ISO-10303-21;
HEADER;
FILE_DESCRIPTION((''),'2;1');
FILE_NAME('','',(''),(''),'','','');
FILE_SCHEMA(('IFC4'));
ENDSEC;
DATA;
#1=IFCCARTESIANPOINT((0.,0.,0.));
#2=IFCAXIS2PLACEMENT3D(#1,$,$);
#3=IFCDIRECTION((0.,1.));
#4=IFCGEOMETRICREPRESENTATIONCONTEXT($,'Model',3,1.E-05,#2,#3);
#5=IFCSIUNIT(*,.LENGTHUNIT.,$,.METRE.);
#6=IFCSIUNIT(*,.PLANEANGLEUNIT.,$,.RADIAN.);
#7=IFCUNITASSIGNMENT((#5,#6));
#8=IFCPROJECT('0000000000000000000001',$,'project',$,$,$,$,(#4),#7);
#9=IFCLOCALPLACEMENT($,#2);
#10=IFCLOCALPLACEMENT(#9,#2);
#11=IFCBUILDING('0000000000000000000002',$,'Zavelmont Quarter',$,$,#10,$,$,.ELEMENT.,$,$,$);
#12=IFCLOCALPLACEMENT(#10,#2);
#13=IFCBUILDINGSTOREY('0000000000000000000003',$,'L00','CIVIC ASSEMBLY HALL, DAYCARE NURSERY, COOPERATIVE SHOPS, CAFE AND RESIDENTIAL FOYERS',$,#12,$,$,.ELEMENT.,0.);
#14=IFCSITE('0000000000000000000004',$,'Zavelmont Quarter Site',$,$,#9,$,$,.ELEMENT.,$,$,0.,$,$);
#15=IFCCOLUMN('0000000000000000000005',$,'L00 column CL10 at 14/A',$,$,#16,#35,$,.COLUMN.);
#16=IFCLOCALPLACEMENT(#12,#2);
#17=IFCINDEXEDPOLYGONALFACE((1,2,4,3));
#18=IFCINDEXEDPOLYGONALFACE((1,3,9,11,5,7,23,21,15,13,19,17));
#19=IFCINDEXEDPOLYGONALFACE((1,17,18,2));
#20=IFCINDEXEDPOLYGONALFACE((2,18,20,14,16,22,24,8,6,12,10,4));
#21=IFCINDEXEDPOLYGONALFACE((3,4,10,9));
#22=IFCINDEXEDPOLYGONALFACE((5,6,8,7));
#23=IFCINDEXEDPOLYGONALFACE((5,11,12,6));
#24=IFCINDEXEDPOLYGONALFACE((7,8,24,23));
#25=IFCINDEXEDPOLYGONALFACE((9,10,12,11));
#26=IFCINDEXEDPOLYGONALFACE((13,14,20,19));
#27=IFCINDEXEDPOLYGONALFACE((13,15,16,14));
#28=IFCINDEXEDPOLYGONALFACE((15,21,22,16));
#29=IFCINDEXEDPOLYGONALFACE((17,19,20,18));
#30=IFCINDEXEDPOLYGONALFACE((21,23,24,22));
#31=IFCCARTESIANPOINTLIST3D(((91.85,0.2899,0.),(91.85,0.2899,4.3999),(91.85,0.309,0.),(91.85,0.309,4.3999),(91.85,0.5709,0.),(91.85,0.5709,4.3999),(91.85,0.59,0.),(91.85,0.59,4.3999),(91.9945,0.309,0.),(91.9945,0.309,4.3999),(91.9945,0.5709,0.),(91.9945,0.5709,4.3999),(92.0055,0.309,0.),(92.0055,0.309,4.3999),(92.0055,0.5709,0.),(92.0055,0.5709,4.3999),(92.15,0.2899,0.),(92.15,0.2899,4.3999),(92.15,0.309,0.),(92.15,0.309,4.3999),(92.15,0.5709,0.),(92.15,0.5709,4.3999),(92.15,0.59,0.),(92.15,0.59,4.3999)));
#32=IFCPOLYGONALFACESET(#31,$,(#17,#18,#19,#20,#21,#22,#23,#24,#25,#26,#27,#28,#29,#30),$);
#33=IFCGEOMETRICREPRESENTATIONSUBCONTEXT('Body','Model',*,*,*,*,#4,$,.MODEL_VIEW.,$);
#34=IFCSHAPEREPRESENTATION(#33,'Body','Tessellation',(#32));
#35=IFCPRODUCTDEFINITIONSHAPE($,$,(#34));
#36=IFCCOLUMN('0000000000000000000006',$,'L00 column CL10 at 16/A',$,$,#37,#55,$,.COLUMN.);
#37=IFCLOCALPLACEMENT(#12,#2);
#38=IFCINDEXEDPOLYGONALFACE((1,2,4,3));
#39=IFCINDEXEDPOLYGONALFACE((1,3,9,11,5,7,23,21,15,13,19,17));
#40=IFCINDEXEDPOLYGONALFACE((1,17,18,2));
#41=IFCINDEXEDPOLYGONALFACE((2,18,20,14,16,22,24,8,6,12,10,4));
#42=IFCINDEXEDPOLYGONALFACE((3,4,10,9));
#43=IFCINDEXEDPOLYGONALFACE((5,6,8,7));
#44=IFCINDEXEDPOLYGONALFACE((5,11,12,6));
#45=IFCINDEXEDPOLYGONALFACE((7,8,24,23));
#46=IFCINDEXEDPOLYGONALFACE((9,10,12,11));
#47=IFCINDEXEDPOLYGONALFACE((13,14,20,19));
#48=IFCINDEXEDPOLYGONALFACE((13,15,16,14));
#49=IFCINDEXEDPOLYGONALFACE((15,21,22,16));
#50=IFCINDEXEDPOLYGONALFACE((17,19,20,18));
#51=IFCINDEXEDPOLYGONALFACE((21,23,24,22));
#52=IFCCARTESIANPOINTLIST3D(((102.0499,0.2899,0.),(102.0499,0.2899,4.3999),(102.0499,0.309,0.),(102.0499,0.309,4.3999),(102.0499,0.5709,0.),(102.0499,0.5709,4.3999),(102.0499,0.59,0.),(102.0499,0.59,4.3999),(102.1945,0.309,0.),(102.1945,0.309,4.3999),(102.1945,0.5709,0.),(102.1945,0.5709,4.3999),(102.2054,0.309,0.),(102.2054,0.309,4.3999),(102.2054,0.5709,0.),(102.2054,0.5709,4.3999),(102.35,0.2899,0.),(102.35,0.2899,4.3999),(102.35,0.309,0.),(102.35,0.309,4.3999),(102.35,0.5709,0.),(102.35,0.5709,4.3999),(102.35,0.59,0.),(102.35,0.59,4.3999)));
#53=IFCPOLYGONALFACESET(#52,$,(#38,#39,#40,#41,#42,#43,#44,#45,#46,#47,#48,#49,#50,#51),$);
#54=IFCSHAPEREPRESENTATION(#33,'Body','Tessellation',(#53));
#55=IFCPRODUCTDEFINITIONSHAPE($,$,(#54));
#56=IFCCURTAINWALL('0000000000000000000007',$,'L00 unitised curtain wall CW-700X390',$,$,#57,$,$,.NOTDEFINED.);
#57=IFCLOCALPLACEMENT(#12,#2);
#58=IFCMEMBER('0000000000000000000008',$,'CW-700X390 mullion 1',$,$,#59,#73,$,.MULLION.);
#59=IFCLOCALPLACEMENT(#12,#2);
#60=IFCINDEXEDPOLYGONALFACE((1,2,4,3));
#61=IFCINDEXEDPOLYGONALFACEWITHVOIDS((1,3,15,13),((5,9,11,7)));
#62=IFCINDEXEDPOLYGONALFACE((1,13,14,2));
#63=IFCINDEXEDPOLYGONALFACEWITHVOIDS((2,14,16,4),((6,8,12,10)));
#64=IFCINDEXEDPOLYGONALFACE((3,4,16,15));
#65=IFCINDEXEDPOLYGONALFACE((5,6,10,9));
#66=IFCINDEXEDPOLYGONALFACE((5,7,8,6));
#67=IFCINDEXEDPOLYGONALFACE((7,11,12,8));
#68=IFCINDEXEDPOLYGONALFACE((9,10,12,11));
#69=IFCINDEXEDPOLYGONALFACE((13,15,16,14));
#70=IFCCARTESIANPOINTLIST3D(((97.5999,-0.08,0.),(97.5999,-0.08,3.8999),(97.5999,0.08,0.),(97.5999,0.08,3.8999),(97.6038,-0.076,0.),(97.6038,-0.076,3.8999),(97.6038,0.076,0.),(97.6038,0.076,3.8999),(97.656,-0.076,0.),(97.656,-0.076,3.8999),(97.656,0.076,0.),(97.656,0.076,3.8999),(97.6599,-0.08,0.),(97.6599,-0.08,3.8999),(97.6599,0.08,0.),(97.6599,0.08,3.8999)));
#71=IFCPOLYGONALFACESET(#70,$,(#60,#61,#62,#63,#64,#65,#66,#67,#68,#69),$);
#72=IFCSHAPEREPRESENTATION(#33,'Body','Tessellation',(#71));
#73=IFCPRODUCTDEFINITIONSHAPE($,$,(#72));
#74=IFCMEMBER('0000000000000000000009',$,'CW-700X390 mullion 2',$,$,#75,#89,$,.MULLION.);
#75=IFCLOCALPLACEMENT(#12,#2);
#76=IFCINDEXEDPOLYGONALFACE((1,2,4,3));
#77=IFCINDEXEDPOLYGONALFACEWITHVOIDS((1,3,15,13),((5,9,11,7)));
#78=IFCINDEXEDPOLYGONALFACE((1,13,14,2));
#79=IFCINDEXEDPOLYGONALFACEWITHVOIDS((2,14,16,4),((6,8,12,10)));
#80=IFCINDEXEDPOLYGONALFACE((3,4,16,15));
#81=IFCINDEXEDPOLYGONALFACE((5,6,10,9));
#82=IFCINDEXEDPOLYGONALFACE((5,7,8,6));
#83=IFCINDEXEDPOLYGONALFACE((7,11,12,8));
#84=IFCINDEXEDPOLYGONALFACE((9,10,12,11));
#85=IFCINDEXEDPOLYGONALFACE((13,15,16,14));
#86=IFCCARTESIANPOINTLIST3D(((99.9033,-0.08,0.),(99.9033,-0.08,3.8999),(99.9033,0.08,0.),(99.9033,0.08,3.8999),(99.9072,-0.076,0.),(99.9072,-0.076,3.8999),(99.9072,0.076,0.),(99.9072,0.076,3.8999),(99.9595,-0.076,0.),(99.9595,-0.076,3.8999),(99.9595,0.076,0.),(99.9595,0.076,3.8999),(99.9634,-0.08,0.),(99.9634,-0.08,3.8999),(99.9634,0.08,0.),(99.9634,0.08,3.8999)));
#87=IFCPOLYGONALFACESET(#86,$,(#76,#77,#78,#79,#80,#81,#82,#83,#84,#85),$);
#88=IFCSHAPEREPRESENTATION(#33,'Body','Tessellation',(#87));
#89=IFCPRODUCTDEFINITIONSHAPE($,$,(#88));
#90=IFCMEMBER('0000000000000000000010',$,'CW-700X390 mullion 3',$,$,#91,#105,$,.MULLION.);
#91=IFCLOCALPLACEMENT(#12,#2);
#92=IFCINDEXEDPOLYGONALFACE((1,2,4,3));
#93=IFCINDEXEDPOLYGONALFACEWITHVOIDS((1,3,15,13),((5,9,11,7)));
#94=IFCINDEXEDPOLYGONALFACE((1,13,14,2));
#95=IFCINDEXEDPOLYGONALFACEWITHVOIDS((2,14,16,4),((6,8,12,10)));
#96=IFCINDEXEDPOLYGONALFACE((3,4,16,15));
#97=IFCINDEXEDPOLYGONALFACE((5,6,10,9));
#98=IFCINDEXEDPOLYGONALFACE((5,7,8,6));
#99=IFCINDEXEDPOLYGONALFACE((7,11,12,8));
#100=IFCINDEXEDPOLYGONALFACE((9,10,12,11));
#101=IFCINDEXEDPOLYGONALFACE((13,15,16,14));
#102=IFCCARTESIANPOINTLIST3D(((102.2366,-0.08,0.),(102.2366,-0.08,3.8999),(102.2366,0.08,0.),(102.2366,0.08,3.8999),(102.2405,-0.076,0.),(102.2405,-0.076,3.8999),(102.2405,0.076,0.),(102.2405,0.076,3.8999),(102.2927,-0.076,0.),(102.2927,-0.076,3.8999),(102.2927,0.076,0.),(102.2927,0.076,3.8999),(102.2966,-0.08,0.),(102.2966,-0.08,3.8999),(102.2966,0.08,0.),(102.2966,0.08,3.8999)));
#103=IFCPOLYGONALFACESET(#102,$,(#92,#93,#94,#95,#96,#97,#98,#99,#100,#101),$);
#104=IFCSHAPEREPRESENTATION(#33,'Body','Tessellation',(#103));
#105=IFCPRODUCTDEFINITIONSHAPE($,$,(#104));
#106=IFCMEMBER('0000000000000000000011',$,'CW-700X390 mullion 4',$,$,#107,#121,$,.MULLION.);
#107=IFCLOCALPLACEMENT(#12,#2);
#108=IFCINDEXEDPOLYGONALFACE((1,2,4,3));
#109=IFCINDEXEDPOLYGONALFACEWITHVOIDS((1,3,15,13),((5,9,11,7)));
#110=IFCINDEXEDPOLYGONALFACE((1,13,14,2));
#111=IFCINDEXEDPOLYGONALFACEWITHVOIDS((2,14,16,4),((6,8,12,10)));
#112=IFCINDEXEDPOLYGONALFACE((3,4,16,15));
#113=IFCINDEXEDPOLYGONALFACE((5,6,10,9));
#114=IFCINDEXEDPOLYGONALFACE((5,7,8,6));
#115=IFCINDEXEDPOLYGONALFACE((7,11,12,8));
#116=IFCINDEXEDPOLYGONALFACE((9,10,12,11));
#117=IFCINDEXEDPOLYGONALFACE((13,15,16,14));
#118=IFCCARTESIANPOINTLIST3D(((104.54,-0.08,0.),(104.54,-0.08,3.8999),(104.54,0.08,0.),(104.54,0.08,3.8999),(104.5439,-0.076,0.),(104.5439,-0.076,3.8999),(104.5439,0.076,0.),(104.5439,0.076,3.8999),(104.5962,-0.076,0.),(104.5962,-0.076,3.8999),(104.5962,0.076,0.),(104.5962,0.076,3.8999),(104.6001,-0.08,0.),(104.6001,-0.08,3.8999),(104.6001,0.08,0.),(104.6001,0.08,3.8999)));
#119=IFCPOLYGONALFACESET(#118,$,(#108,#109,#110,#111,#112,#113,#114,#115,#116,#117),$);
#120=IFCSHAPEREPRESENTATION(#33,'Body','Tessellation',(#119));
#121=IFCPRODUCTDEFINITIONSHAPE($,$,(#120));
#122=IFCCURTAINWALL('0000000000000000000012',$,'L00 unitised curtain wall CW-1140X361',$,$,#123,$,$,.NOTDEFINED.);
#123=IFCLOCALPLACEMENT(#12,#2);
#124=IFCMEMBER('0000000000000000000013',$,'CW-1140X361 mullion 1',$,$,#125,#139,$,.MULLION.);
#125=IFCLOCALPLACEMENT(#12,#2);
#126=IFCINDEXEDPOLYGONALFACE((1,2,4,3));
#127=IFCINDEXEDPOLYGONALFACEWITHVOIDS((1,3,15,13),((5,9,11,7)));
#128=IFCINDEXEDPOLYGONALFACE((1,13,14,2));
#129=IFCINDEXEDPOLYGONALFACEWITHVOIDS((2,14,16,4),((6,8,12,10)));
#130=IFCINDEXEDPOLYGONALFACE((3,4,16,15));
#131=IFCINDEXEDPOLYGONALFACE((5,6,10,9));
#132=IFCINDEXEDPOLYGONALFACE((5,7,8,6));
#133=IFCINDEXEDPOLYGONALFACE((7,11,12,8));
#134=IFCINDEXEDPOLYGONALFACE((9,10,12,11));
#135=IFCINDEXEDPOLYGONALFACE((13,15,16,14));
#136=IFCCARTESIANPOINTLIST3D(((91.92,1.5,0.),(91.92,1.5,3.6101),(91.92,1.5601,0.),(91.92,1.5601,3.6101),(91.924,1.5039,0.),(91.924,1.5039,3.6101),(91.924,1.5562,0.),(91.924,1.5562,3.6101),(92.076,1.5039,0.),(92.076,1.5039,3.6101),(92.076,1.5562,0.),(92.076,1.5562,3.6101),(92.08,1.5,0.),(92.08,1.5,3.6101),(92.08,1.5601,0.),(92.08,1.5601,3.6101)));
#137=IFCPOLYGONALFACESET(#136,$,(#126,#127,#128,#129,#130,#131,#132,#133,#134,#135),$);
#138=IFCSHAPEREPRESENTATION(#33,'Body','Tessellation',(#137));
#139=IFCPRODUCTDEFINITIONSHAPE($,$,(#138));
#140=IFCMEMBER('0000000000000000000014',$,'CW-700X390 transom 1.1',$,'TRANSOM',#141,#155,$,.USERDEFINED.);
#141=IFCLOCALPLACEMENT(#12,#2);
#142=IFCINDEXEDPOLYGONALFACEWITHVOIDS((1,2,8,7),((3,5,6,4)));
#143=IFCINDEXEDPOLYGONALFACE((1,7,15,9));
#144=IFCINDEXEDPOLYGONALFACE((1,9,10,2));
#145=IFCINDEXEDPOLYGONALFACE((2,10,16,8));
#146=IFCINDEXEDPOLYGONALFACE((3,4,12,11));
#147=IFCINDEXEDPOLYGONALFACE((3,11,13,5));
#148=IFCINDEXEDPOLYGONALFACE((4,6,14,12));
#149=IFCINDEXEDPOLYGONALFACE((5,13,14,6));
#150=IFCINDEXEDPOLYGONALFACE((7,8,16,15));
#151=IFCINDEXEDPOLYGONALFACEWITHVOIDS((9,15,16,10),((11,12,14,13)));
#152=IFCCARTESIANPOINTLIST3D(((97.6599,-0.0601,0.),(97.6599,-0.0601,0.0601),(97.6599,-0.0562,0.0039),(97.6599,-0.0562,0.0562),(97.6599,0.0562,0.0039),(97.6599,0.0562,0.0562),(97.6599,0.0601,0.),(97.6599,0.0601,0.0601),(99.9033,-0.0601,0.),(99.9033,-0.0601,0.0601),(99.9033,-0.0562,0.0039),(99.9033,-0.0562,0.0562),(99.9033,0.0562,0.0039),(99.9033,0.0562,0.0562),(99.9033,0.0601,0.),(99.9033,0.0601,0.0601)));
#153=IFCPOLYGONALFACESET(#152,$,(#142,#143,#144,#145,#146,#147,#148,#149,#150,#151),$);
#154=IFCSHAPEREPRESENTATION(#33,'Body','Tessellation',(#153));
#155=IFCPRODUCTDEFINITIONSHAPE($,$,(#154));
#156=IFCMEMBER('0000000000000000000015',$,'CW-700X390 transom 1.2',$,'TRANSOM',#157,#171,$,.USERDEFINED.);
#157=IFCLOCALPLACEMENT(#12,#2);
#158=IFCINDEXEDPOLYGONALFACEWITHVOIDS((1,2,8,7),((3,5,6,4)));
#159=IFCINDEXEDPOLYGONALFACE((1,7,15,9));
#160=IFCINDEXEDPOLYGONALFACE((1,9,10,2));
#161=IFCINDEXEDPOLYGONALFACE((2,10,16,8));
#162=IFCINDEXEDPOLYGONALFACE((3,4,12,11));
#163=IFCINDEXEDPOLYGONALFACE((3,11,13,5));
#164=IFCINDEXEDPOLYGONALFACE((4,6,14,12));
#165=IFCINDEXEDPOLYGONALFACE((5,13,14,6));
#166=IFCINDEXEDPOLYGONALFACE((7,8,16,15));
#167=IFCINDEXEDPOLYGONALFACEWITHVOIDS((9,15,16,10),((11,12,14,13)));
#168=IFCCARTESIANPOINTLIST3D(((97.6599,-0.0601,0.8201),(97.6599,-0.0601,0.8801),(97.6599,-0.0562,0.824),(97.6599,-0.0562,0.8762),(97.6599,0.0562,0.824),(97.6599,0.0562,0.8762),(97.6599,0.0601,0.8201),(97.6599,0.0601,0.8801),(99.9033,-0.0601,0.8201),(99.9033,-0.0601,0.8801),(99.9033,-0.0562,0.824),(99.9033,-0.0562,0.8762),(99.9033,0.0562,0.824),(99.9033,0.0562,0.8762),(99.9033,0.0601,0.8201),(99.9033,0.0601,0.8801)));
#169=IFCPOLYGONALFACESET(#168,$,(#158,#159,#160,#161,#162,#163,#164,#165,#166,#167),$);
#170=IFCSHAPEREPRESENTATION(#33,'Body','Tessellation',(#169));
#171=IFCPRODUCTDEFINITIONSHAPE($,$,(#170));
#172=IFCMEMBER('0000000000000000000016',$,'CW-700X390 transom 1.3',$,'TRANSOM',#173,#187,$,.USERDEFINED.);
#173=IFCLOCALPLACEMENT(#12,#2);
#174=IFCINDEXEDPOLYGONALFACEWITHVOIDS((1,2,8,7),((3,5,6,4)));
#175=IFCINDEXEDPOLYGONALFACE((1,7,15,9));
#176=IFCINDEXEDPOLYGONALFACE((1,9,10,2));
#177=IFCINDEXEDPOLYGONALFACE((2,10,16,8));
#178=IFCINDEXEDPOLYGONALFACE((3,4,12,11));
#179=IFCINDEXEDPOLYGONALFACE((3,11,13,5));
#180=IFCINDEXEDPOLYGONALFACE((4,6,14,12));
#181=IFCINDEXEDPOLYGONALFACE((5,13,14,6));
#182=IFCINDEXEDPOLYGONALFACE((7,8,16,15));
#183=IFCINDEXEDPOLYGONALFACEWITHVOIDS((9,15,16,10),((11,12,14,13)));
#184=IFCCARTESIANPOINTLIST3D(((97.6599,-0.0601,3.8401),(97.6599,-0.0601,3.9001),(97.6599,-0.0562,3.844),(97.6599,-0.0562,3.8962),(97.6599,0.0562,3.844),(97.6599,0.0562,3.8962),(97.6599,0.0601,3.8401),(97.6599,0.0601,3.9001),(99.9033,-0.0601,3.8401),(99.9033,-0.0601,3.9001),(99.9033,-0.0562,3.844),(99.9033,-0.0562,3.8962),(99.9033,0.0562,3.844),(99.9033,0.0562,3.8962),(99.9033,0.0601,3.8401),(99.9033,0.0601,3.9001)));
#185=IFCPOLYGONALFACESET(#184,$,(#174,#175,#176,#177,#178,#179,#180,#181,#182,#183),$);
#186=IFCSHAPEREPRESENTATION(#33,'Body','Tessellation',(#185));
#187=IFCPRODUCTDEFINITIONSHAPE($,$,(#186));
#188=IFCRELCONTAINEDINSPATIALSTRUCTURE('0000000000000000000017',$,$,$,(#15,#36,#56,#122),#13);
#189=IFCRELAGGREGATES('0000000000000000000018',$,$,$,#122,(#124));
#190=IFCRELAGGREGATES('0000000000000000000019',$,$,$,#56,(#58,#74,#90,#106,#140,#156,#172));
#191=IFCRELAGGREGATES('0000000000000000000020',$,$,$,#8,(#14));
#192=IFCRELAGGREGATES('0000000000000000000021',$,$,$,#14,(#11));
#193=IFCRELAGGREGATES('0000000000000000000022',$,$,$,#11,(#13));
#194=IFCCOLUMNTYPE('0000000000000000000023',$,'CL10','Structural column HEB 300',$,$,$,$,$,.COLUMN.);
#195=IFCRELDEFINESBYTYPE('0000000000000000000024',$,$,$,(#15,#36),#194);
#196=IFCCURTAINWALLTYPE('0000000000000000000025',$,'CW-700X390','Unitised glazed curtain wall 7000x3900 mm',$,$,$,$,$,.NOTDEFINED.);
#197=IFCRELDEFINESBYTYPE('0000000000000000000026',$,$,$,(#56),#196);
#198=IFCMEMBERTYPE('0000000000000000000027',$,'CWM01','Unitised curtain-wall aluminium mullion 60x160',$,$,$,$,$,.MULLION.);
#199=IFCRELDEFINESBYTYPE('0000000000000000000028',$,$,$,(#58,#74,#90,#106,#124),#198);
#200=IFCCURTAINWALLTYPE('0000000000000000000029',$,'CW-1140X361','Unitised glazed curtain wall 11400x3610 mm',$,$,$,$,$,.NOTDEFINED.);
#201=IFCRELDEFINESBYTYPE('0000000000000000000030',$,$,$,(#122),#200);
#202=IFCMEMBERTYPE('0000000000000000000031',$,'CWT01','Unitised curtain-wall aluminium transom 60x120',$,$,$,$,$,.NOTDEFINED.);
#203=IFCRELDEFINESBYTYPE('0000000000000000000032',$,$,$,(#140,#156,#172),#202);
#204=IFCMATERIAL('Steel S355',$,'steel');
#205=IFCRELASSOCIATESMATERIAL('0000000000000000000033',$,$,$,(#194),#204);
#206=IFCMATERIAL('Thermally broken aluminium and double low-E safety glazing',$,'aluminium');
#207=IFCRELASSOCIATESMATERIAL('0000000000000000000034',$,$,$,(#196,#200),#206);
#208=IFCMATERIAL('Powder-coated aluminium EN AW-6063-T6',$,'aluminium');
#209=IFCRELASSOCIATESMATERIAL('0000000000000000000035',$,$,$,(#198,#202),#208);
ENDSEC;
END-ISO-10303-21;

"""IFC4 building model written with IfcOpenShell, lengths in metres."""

from ifc_helpers import new_model, si_unit, direction, frame, origin, origin_2d, place, context, subcontext, project, spatial, hollow_rectangle, i_section, extrude, material, material_profile, profile_set, type_object, element, aggregate, save


model = new_model("IFC4")

# Units and contexts
model_context = context("Model", 3, precision=1e-05, world=origin(), true_north=direction((0.0, 1.0)))
body_context = subcontext(model_context, "Body", "Model", "MODEL_VIEW")
ifc_project = project(units=[si_unit("LENGTHUNIT", "METRE"), si_unit("PLANEANGLEUNIT", "RADIAN")], contexts=[model_context])

# Site, building, storey
site_placement = place(None, origin())
site = spatial("IfcSite", under=ifc_project, at=site_placement, Name="Zavelmont Quarter Site", CompositionType="ELEMENT", RefElevation=0.0)
building_placement = place(site_placement, origin())
building = spatial("IfcBuilding", under=site, at=building_placement, Name="Zavelmont Quarter", CompositionType="ELEMENT")
storey_placement = place(building_placement, origin())
storey = spatial("IfcBuildingStorey", under=building, at=storey_placement, Name="L00", Description="CIVIC ASSEMBLY HALL, DAYCARE NURSERY, COOPERATIVE SHOPS, CAFE AND RESIDENTIAL FOYERS", CompositionType="ELEMENT", Elevation=0.0)

# Columns
ifc_material_1 = material(Name="Steel S355", Category="steel")
ifc_material_profile_1 = material_profile(ifc_material_1, i_section(OverallWidth=0.3, OverallDepth=0.3, WebThickness=0.011, FlangeThickness=0.019, at=origin_2d()), Name="HEB 300")
ifc_profile_set_1 = profile_set([ifc_material_profile_1], Name="Steel S355")
column_type = type_object("IfcColumnType", Name="CL10", Description="Structural column HEB 300", PredefinedType="COLUMN", material=ifc_profile_set_1)
for number, where, z_axis, x_axis, name in (
    (1, (92.0, 0.4399, 0.0), (0.0, 0.0, 1.0), (1.0, 0.0, 0.0), "L00 column CL10 at 14/A"),
    (2, (102.2, 0.4399, 0.0), (0.0, 0.0, 1.0), (1.0, 0.0, 0.0), "L00 column CL10 at 16/A"),
):
    element("IfcColumn", number, at=place(storey_placement, frame(where, z_axis=z_axis, x_axis=x_axis)), inside=storey, type_object=column_type, Name=name, PredefinedType="COLUMN", context=body_context, shape_type="SweptSolid", body=[
        extrude(i_section(OverallWidth=0.3, OverallDepth=0.3, WebThickness=0.011, FlangeThickness=0.019, at=origin_2d()), origin(), (0.0, 0.0, 1.0), 4.3999),
    ])

# Curtain wall, members
ifc_material_2 = material(Name="Thermally broken aluminium and double low-E safety glazing", Category="aluminium")
curtain_wall_type_1 = type_object("IfcCurtainWallType", Name="CW-700X390", Description="Unitised glazed curtain wall 7000x3900 mm", PredefinedType="NOTDEFINED", material=ifc_material_2)
curtain_wall_1_placement = place(storey_placement, origin())
curtain_wall_1 = element("IfcCurtainWall", 3, at=curtain_wall_1_placement, inside=storey, type_object=curtain_wall_type_1, Name="L00 unitised curtain wall CW-700X390", PredefinedType="NOTDEFINED")
ifc_material_3 = material(Name="Powder-coated aluminium EN AW-6063-T6", Category="aluminium")
ifc_material_profile_2 = material_profile(ifc_material_3, hollow_rectangle(XDim=0.0601, YDim=0.1599, WallThickness=0.0039, at=origin_2d()), Name="CWM60X160")
ifc_profile_set_2 = profile_set([ifc_material_profile_2], Name="Powder-coated aluminium EN AW-6063-T6")
member_type_1 = type_object("IfcMemberType", Name="CWM01", Description="Unitised curtain-wall aluminium mullion 60x160", PredefinedType="MULLION", material=ifc_profile_set_2)
member_1_placement = place(storey_placement, frame((97.6299, 0.0, 0.0), z_axis=(0.0, 0.0, 1.0), x_axis=(1.0, 0.0, 0.0)))
member_1 = element("IfcMember", 4, at=member_1_placement, type_object=member_type_1, Name="CW-700X390 mullion 1", PredefinedType="MULLION", context=body_context, shape_type="SweptSolid", body=[
    extrude(hollow_rectangle(XDim=0.0601, YDim=0.1599, WallThickness=0.0039, at=origin_2d()), origin(), (0.0, 0.0, 1.0), 3.8999),
])
member_2_placement = place(storey_placement, frame((99.9333, 0.0, 0.0), z_axis=(0.0, 0.0, 1.0), x_axis=(1.0, 0.0, 0.0)))
member_2 = element("IfcMember", 5, at=member_2_placement, type_object=member_type_1, Name="CW-700X390 mullion 2", PredefinedType="MULLION", context=body_context, shape_type="SweptSolid", body=[
    extrude(hollow_rectangle(XDim=0.0601, YDim=0.1599, WallThickness=0.0039, at=origin_2d()), origin(), (0.0, 0.0, 1.0), 3.8999),
])
member_3_placement = place(storey_placement, frame((102.2666, 0.0, 0.0), z_axis=(0.0, 0.0, 1.0), x_axis=(1.0, 0.0, 0.0)))
member_3 = element("IfcMember", 6, at=member_3_placement, type_object=member_type_1, Name="CW-700X390 mullion 3", PredefinedType="MULLION", context=body_context, shape_type="SweptSolid", body=[
    extrude(hollow_rectangle(XDim=0.0601, YDim=0.1599, WallThickness=0.0039, at=origin_2d()), origin(), (0.0, 0.0, 1.0), 3.8999),
])
member_4_placement = place(storey_placement, frame((104.5701, 0.0, 0.0), z_axis=(0.0, 0.0, 1.0), x_axis=(1.0, 0.0, 0.0)))
member_4 = element("IfcMember", 7, at=member_4_placement, type_object=member_type_1, Name="CW-700X390 mullion 4", PredefinedType="MULLION", context=body_context, shape_type="SweptSolid", body=[
    extrude(hollow_rectangle(XDim=0.0601, YDim=0.1599, WallThickness=0.0039, at=origin_2d()), origin(), (0.0, 0.0, 1.0), 3.8999),
])

# Curtain wall, member
curtain_wall_type_2 = type_object("IfcCurtainWallType", Name="CW-1140X361", Description="Unitised glazed curtain wall 11400x3610 mm", PredefinedType="NOTDEFINED", material=ifc_material_2)
curtain_wall_2_placement = place(storey_placement, origin())
curtain_wall_2 = element("IfcCurtainWall", 8, at=curtain_wall_2_placement, inside=storey, type_object=curtain_wall_type_2, Name="L00 unitised curtain wall CW-1140X361", PredefinedType="NOTDEFINED")
member_5_placement = place(storey_placement, frame((92.0, 1.53, 0.0), z_axis=(0.0, 0.0, 1.0), x_axis=(0.0, 1.0, 0.0)))
member_5 = element("IfcMember", 9, at=member_5_placement, type_object=member_type_1, Name="CW-1140X361 mullion 1", PredefinedType="MULLION", context=body_context, shape_type="SweptSolid", body=[
    extrude(hollow_rectangle(XDim=0.0601, YDim=0.1599, WallThickness=0.0039, at=origin_2d()), origin(), (0.0, 0.0, 1.0), 3.6101),
])

# Members
ifc_material_profile_3 = material_profile(ifc_material_3, hollow_rectangle(XDim=0.1201, YDim=0.0601, WallThickness=0.0039, at=origin_2d()), Name="CWT60X120")
ifc_profile_set_3 = profile_set([ifc_material_profile_3], Name="Powder-coated aluminium EN AW-6063-T6")
member_type_2 = type_object("IfcMemberType", Name="CWT01", Description="Unitised curtain-wall aluminium transom 60x120", PredefinedType="NOTDEFINED", material=ifc_profile_set_3)
member_6_placement = place(storey_placement, frame((97.6599, 0.0, 0.03), z_axis=(1.0, 0.0, 0.0), x_axis=(0.0, 1.0, 0.0)))
member_6 = element("IfcMember", 10, at=member_6_placement, type_object=member_type_2, Name="CW-700X390 transom 1.1", ObjectType="TRANSOM", PredefinedType="USERDEFINED", context=body_context, shape_type="SweptSolid", body=[
    extrude(hollow_rectangle(XDim=0.1201, YDim=0.0601, WallThickness=0.0039, at=origin_2d()), origin(), (0.0, 0.0, 1.0), 2.2434),
])
member_7_placement = place(storey_placement, frame((97.6599, 0.0, 0.8501), z_axis=(1.0, 0.0, 0.0), x_axis=(0.0, 1.0, 0.0)))
member_7 = element("IfcMember", 11, at=member_7_placement, type_object=member_type_2, Name="CW-700X390 transom 1.2", ObjectType="TRANSOM", PredefinedType="USERDEFINED", context=body_context, shape_type="SweptSolid", body=[
    extrude(hollow_rectangle(XDim=0.1201, YDim=0.0601, WallThickness=0.0039, at=origin_2d()), origin(), (0.0, 0.0, 1.0), 2.2434),
])
member_8_placement = place(storey_placement, frame((97.6599, 0.0, 3.8701), z_axis=(1.0, 0.0, 0.0), x_axis=(0.0, 1.0, 0.0)))
member_8 = element("IfcMember", 12, at=member_8_placement, type_object=member_type_2, Name="CW-700X390 transom 1.3", ObjectType="TRANSOM", PredefinedType="USERDEFINED", context=body_context, shape_type="SweptSolid", body=[
    extrude(hollow_rectangle(XDim=0.1201, YDim=0.0601, WallThickness=0.0039, at=origin_2d()), origin(), (0.0, 0.0, 1.0), 2.2434),
])
aggregate(curtain_wall_2, [member_5])

aggregate(curtain_wall_1, [member_1, member_2, member_3, member_4, member_6, member_7, member_8])

save(model, "model.ifc")
